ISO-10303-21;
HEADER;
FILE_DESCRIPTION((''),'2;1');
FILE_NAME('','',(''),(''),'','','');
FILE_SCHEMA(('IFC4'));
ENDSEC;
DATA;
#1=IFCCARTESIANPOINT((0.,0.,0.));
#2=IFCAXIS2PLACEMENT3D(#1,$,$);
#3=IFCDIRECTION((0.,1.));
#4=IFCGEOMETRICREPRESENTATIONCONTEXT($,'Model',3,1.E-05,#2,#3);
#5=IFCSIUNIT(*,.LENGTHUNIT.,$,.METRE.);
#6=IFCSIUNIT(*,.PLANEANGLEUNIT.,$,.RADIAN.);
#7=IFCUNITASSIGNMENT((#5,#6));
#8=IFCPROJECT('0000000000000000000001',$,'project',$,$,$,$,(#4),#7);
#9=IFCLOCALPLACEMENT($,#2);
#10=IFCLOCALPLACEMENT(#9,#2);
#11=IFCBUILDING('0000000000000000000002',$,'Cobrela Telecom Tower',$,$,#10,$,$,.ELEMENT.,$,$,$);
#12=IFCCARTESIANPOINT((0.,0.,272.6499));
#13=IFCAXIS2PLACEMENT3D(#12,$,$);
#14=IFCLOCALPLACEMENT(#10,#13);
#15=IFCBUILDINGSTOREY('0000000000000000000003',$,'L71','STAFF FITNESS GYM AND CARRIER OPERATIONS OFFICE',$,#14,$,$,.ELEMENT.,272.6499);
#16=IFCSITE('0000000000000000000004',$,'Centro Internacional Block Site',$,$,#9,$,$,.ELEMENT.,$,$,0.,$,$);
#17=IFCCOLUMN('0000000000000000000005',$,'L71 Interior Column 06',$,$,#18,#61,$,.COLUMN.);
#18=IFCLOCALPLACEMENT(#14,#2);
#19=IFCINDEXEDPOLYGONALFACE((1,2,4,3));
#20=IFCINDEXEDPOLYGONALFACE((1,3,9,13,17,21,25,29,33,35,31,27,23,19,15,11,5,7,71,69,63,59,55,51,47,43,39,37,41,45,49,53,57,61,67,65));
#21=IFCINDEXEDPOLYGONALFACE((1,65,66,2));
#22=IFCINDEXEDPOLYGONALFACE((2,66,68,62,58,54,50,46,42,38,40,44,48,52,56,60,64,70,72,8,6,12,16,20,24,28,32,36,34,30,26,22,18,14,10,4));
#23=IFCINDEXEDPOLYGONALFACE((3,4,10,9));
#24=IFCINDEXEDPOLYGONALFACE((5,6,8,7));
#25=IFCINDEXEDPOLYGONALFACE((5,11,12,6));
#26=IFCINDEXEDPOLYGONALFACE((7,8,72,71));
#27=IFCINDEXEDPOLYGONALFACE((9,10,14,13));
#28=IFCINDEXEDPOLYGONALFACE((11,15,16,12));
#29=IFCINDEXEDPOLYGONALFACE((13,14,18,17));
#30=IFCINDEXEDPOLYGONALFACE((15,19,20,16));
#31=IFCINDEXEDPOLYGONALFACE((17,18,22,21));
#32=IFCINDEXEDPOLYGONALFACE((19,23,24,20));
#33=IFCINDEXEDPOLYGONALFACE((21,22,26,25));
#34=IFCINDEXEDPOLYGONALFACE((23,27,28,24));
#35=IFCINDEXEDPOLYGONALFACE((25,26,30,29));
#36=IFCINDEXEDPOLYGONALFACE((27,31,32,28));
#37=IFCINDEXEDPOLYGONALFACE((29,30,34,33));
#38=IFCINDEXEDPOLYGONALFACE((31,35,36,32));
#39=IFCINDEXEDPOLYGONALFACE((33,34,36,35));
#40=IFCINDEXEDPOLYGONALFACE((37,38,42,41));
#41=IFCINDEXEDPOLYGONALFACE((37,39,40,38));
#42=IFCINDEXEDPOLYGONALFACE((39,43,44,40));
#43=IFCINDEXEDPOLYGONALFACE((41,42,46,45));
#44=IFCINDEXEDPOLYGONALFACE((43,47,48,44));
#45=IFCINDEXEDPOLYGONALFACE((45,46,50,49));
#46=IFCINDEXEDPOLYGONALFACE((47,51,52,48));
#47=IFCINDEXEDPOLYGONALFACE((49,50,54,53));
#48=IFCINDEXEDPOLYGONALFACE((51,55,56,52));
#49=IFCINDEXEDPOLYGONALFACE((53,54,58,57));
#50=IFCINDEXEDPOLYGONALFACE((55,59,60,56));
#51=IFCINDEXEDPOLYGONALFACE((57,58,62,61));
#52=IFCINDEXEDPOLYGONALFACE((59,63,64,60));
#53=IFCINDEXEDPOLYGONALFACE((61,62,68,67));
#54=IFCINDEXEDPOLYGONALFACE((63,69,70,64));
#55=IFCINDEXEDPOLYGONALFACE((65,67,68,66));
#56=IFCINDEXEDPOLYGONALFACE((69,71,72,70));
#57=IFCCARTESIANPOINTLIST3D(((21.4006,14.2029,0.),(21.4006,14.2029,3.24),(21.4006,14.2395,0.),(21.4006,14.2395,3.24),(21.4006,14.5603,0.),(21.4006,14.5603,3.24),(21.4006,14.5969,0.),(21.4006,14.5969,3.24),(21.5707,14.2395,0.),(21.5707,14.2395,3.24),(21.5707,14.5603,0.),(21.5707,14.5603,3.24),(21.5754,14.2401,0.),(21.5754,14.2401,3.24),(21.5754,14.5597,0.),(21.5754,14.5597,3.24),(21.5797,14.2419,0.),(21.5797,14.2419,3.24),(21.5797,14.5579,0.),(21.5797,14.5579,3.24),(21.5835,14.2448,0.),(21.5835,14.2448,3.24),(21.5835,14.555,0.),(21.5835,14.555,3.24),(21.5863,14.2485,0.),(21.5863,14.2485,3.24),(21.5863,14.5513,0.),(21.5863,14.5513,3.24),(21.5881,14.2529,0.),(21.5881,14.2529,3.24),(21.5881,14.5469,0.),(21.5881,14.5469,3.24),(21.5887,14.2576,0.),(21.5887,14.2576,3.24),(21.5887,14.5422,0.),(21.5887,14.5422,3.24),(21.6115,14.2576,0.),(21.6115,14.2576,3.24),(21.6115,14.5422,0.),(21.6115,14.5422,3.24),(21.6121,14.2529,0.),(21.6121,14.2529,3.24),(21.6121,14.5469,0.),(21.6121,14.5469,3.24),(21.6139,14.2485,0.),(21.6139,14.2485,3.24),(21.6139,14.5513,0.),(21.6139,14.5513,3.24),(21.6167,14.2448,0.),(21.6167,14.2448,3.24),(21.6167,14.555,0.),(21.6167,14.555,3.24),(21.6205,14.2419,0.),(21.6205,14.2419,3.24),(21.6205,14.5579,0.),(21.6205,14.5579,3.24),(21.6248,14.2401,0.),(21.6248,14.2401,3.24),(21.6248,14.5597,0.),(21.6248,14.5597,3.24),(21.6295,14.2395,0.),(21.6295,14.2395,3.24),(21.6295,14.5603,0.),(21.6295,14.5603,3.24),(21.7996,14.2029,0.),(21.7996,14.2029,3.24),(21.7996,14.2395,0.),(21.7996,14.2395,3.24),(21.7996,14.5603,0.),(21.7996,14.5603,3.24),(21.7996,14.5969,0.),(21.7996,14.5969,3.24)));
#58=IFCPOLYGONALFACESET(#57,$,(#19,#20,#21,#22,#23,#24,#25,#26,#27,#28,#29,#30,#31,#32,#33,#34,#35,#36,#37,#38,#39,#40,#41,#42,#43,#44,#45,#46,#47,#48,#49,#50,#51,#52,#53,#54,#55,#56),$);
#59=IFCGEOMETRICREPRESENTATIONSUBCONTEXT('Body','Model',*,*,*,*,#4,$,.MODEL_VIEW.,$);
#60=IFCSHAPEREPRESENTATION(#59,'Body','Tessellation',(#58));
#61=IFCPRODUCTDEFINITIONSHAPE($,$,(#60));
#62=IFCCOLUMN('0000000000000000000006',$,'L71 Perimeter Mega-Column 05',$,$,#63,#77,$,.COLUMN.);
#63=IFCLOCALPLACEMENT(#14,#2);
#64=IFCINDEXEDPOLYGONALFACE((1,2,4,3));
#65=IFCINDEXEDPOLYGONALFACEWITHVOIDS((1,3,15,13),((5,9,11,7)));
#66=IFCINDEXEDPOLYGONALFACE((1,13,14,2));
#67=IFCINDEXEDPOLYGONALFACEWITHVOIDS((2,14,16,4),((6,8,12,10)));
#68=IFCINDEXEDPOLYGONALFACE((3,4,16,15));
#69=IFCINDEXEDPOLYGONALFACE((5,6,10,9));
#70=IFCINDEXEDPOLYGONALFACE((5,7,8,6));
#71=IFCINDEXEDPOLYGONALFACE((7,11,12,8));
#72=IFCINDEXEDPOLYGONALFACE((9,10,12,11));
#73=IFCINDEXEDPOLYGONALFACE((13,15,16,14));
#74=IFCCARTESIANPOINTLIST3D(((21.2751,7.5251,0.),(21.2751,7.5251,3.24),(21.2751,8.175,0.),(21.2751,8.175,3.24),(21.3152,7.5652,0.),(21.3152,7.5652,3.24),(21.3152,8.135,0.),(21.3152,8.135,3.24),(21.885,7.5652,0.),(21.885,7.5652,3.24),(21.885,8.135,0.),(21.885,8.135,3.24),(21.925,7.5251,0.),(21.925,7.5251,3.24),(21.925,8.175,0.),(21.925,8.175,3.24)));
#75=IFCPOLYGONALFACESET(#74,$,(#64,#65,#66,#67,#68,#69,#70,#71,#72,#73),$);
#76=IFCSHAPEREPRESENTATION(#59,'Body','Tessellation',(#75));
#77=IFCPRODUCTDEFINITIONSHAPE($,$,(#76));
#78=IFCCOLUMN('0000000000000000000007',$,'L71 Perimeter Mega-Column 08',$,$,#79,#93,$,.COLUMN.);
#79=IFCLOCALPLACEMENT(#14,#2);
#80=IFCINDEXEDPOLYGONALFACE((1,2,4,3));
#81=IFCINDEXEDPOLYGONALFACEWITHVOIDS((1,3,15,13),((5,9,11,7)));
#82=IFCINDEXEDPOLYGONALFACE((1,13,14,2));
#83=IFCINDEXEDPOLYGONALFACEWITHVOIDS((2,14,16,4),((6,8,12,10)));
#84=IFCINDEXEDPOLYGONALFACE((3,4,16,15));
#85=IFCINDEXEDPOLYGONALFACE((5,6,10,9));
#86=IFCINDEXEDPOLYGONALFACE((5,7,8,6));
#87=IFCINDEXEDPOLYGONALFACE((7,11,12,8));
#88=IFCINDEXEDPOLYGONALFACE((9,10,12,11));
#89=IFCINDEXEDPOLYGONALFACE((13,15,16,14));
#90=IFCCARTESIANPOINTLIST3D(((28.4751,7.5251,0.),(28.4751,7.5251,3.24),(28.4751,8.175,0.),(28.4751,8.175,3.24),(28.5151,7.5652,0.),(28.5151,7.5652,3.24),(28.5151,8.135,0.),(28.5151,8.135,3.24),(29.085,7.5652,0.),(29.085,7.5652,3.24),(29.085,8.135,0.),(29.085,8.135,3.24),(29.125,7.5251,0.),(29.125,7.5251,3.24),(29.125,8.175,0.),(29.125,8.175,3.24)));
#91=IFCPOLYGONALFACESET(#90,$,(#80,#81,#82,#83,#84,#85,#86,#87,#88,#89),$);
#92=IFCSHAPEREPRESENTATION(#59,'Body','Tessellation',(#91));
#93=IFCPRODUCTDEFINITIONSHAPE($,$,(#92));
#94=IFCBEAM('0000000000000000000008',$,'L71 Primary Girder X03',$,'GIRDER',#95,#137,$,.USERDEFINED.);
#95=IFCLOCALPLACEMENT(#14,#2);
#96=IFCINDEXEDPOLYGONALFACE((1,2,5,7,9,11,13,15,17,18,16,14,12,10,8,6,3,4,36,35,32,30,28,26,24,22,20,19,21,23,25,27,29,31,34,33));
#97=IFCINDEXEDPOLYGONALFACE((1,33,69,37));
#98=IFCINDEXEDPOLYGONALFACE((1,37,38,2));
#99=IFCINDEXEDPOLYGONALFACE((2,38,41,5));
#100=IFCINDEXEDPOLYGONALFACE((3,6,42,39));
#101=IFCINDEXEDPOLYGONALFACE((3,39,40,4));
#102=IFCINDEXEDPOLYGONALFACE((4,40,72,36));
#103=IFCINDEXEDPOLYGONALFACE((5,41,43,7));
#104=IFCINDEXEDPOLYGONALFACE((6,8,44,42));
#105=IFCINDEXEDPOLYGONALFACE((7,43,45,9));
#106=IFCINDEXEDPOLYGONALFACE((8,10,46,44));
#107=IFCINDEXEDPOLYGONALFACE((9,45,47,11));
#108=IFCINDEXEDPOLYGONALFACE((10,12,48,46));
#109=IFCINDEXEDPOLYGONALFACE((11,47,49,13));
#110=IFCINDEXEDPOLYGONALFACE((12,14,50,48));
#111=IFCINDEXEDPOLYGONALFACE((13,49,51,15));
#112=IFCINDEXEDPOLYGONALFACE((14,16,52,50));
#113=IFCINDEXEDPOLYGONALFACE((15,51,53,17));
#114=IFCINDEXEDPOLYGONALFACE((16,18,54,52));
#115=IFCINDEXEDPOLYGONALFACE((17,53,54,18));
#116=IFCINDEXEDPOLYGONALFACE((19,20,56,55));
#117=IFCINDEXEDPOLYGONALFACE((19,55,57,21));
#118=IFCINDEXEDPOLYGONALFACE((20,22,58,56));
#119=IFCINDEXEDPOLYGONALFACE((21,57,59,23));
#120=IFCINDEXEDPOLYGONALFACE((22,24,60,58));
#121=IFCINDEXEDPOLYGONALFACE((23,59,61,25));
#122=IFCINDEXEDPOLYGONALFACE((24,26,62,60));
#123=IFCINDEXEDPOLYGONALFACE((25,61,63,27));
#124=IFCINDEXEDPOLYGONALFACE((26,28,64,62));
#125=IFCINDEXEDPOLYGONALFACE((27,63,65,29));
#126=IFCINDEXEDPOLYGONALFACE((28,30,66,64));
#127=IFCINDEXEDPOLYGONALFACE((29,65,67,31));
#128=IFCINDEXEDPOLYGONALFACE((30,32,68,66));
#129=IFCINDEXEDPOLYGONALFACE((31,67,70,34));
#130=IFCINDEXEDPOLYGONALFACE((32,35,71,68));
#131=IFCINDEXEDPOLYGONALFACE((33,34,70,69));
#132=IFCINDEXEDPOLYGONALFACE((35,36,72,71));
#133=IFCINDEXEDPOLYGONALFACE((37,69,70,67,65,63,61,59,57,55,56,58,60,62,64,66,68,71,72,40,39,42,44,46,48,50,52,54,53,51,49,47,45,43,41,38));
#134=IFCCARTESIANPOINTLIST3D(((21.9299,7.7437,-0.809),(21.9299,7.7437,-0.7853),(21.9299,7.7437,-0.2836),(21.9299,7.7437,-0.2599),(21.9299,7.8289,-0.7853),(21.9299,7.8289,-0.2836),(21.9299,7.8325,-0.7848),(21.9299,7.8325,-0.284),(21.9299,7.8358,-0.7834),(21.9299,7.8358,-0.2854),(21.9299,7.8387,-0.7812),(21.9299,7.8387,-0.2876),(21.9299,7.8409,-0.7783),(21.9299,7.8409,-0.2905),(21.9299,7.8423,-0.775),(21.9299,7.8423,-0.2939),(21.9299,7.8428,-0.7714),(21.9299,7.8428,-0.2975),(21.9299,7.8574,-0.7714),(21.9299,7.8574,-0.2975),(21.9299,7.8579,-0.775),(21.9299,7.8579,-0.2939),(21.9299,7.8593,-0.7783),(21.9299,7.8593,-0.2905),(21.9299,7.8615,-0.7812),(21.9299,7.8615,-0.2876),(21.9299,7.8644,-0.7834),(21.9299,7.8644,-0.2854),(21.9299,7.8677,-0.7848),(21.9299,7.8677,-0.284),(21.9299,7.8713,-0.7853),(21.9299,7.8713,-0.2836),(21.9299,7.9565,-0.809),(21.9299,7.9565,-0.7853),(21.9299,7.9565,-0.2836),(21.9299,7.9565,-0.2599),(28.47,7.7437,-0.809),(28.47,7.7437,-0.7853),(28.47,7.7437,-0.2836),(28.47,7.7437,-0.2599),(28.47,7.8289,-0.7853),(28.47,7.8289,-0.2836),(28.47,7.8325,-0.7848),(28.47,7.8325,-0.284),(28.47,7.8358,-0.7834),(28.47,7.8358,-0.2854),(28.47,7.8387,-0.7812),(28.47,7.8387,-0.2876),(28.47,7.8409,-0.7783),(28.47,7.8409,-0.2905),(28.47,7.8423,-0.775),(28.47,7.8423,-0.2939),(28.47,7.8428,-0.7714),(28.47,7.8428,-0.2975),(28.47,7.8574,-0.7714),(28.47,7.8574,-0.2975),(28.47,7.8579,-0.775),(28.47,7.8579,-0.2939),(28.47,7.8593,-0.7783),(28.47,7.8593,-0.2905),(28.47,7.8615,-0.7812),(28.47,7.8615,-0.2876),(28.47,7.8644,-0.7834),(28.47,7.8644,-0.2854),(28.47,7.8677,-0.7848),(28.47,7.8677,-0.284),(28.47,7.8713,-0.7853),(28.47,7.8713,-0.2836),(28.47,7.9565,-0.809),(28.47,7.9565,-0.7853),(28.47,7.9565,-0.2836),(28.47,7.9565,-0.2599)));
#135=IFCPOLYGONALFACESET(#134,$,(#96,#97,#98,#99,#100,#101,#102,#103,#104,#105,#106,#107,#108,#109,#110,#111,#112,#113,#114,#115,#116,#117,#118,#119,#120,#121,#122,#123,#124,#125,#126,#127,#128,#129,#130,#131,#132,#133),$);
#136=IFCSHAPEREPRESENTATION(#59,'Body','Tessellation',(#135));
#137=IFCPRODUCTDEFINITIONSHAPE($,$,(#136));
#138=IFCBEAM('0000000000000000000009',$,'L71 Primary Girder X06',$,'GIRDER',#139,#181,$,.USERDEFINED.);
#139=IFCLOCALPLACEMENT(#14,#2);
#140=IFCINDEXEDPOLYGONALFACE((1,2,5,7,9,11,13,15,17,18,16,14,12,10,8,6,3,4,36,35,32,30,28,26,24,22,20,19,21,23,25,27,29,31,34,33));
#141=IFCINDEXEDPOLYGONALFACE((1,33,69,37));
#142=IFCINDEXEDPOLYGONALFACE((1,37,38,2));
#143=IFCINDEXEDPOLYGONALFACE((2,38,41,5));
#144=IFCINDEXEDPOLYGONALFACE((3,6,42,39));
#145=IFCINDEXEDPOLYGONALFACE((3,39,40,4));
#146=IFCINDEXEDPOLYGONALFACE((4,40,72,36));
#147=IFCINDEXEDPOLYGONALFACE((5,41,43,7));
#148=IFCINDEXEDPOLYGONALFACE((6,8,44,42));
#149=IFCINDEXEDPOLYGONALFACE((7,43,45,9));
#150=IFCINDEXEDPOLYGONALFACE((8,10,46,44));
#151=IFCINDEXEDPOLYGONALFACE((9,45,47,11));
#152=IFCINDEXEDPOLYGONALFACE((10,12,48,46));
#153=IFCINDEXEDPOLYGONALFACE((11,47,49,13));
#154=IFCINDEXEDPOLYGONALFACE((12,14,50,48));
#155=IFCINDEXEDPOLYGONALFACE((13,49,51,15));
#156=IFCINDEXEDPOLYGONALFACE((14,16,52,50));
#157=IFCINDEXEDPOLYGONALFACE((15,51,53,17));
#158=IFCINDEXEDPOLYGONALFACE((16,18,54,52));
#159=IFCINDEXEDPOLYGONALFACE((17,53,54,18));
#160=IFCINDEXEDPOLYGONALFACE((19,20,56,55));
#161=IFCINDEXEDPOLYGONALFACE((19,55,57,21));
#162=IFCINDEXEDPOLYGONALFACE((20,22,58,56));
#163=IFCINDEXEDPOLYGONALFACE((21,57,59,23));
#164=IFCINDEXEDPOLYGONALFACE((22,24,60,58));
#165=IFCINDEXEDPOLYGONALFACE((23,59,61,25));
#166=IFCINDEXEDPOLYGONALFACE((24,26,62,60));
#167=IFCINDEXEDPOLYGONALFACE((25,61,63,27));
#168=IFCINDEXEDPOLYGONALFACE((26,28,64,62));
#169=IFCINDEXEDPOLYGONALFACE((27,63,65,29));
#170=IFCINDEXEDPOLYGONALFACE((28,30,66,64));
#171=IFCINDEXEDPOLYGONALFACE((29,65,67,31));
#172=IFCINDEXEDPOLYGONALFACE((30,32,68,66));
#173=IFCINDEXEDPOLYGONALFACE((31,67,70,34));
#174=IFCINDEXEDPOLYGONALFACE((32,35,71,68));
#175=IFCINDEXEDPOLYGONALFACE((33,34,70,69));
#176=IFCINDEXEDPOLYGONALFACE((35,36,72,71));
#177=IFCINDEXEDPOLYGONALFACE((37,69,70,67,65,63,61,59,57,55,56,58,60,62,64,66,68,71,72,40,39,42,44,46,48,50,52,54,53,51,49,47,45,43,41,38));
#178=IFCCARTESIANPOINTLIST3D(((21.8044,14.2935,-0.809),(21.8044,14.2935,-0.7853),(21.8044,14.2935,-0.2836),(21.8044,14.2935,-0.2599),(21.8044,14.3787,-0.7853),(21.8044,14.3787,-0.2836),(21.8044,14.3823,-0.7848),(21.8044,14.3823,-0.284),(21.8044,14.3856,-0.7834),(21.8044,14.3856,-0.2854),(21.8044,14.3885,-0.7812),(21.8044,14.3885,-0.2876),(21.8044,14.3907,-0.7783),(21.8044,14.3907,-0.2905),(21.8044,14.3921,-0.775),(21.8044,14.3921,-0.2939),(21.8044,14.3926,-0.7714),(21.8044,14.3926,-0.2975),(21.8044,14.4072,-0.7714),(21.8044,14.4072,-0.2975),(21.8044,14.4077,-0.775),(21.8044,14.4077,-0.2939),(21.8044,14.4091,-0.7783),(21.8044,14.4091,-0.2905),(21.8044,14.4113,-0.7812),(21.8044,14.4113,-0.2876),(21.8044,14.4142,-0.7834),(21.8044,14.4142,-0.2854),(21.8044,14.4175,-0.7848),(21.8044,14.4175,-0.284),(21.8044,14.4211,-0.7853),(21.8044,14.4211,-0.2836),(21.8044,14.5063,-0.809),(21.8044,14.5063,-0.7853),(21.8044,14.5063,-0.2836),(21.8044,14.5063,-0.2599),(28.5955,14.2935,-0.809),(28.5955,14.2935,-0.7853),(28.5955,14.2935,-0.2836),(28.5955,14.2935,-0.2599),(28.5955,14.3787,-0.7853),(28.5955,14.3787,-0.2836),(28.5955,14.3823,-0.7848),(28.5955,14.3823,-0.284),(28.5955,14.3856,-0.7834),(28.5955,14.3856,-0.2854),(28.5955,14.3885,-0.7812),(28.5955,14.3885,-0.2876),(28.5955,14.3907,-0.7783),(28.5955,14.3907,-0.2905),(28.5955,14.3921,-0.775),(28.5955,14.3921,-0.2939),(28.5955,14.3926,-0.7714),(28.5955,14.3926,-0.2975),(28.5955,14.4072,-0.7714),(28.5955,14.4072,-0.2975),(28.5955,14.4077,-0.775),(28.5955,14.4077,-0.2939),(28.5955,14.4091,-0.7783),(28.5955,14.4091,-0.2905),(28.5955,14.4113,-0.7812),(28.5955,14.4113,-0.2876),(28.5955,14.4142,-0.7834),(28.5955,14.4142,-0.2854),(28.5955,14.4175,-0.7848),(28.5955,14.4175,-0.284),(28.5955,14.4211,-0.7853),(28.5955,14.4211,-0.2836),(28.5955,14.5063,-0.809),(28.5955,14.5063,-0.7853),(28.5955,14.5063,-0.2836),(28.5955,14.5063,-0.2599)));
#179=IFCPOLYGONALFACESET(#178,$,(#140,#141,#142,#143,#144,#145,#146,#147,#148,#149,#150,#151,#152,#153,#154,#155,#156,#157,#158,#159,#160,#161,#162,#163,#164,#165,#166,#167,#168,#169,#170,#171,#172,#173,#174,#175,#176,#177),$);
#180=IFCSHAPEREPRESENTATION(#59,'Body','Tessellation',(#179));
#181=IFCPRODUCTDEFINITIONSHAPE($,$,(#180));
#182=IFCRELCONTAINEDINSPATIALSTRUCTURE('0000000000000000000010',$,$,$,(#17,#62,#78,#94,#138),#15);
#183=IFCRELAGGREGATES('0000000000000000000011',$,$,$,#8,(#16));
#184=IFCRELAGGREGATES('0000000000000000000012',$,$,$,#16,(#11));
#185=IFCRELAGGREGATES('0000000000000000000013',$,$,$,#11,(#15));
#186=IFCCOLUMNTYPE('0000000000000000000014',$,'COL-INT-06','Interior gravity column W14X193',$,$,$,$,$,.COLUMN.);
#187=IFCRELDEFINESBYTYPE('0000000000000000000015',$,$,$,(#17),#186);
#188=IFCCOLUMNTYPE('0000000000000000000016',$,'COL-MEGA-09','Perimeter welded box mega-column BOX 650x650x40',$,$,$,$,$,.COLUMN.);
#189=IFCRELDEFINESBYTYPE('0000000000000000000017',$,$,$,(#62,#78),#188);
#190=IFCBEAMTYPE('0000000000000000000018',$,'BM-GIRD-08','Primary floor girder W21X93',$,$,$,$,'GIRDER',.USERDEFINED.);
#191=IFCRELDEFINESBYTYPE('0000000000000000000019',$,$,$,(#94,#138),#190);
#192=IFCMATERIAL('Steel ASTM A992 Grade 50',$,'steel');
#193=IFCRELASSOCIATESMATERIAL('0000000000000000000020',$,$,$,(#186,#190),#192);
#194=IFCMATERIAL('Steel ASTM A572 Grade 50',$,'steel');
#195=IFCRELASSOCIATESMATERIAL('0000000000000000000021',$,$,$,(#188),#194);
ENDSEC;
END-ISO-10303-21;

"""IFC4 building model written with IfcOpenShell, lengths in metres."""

from ifc_helpers import new_model, si_unit, direction, frame, origin, origin_2d, place, context, subcontext, project, spatial, hollow_rectangle, i_section, extrude, material, material_profile, profile_set, type_object, element, save


model = new_model("IFC4")

# Units and contexts
model_context = context("Model", 3, precision=1e-05, world=origin(), true_north=direction((0.0, 1.0)))
body_context = subcontext(model_context, "Body", "Model", "MODEL_VIEW")
ifc_project = project(units=[si_unit("LENGTHUNIT", "METRE"), si_unit("PLANEANGLEUNIT", "RADIAN")], contexts=[model_context])

# Site, building, storey
site_placement = place(None, origin())
site = spatial("IfcSite", under=ifc_project, at=site_placement, Name="Centro Internacional Block Site", CompositionType="ELEMENT", RefElevation=0.0)
building_placement = place(site_placement, origin())
building = spatial("IfcBuilding", under=site, at=building_placement, Name="Cobrela Telecom Tower", CompositionType="ELEMENT")
storey_placement = place(building_placement, frame((0.0, 0.0, 272.6499)))
storey = spatial("IfcBuildingStorey", under=building, at=storey_placement, Name="L71", Description="STAFF FITNESS GYM AND CARRIER OPERATIONS OFFICE", CompositionType="ELEMENT", Elevation=272.6499)

# Columns
ifc_material_1 = material(Name="Steel ASTM A992 Grade 50", Category="steel")
ifc_material_profile_1 = material_profile(ifc_material_1, i_section(OverallWidth=0.3989, OverallDepth=0.394, WebThickness=0.0227, FlangeThickness=0.0366, FilletRadius=0.0181, at=origin_2d()), Name="W14X193")
ifc_profile_set_1 = profile_set([ifc_material_profile_1], Name="Steel ASTM A992 Grade 50")
column_type_1 = type_object("IfcColumnType", Name="COL-INT-06", Description="Interior gravity column W14X193", PredefinedType="COLUMN", material=ifc_profile_set_1)
column_placement = place(storey_placement, frame((21.6001, 14.3999, 0.0), z_axis=(0.0, 0.0, 1.0), x_axis=(1.0, 0.0, 0.0)))
element("IfcColumn", 1, at=column_placement, inside=storey, type_object=column_type_1, Name="L71 Interior Column 06", PredefinedType="COLUMN", context=body_context, shape_type="SweptSolid", body=[
    extrude(i_section(OverallWidth=0.3989, OverallDepth=0.394, WebThickness=0.0227, FlangeThickness=0.0366, FilletRadius=0.0181, at=origin_2d()), origin(), (0.0, 0.0, 1.0), 3.24),
])
ifc_material_2 = material(Name="Steel ASTM A572 Grade 50", Category="steel")
ifc_material_profile_2 = material_profile(ifc_material_2, hollow_rectangle(XDim=0.6499, YDim=0.6499, WallThickness=0.04, at=origin_2d()), Name="BOX 650x650x40")
ifc_profile_set_2 = profile_set([ifc_material_profile_2], Name="Steel ASTM A572 Grade 50")
column_type_2 = type_object("IfcColumnType", Name="COL-MEGA-09", Description="Perimeter welded box mega-column BOX 650x650x40", PredefinedType="COLUMN", material=ifc_profile_set_2)
for number, where, z_axis, x_axis, name in (
    (2, (21.6001, 7.8501, 0.0), (0.0, 0.0, 1.0), (1.0, 0.0, 0.0), "L71 Perimeter Mega-Column 05"),
    (3, (28.8, 7.8501, 0.0), (0.0, 0.0, 1.0), (1.0, 0.0, 0.0), "L71 Perimeter Mega-Column 08"),
):
    element("IfcColumn", number, at=place(storey_placement, frame(where, z_axis=z_axis, x_axis=x_axis)), inside=storey, type_object=column_type_2, Name=name, PredefinedType="COLUMN", context=body_context, shape_type="SweptSolid", body=[
        extrude(hollow_rectangle(XDim=0.6499, YDim=0.6499, WallThickness=0.04, at=origin_2d()), origin(), (0.0, 0.0, 1.0), 3.24),
    ])

# Beams
ifc_material_profile_3 = material_profile(ifc_material_1, i_section(OverallWidth=0.2129, OverallDepth=0.5491, WebThickness=0.0146, FlangeThickness=0.0237, FilletRadius=0.0139, at=origin_2d()), Name="W21X93")
ifc_profile_set_3 = profile_set([ifc_material_profile_3], Name="Steel ASTM A992 Grade 50")
beam_type_1 = type_object("IfcBeamType", Name="BM-GIRD-08", Description="Primary floor girder W21X93", ElementType="GIRDER", PredefinedType="USERDEFINED", material=ifc_profile_set_3)
beam_1_placement = place(storey_placement, frame((21.9299, 7.8501, -0.5344), z_axis=(1.0, 0.0, 0.0), x_axis=(0.0, 1.0, 0.0)))
element("IfcBeam", 4, at=beam_1_placement, inside=storey, type_object=beam_type_1, Name="L71 Primary Girder X03", ObjectType="GIRDER", PredefinedType="USERDEFINED", context=body_context, shape_type="SweptSolid", body=[
    extrude(i_section(OverallWidth=0.2129, OverallDepth=0.5491, WebThickness=0.0146, FlangeThickness=0.0237, FilletRadius=0.0139, at=origin_2d()), origin(), (0.0, 0.0, 1.0), 6.54),
])
beam_2_placement = place(storey_placement, frame((21.8044, 14.3999, -0.5344), z_axis=(1.0, 0.0, 0.0), x_axis=(0.0, 1.0, 0.0)))
element("IfcBeam", 5, at=beam_2_placement, inside=storey, type_object=beam_type_1, Name="L71 Primary Girder X06", ObjectType="GIRDER", PredefinedType="USERDEFINED", context=body_context, shape_type="SweptSolid", body=[
    extrude(i_section(OverallWidth=0.2129, OverallDepth=0.5491, WebThickness=0.0146, FlangeThickness=0.0237, FilletRadius=0.0139, at=origin_2d()), origin(), (0.0, 0.0, 1.0), 6.791),
])

save(model, "model.ifc")
